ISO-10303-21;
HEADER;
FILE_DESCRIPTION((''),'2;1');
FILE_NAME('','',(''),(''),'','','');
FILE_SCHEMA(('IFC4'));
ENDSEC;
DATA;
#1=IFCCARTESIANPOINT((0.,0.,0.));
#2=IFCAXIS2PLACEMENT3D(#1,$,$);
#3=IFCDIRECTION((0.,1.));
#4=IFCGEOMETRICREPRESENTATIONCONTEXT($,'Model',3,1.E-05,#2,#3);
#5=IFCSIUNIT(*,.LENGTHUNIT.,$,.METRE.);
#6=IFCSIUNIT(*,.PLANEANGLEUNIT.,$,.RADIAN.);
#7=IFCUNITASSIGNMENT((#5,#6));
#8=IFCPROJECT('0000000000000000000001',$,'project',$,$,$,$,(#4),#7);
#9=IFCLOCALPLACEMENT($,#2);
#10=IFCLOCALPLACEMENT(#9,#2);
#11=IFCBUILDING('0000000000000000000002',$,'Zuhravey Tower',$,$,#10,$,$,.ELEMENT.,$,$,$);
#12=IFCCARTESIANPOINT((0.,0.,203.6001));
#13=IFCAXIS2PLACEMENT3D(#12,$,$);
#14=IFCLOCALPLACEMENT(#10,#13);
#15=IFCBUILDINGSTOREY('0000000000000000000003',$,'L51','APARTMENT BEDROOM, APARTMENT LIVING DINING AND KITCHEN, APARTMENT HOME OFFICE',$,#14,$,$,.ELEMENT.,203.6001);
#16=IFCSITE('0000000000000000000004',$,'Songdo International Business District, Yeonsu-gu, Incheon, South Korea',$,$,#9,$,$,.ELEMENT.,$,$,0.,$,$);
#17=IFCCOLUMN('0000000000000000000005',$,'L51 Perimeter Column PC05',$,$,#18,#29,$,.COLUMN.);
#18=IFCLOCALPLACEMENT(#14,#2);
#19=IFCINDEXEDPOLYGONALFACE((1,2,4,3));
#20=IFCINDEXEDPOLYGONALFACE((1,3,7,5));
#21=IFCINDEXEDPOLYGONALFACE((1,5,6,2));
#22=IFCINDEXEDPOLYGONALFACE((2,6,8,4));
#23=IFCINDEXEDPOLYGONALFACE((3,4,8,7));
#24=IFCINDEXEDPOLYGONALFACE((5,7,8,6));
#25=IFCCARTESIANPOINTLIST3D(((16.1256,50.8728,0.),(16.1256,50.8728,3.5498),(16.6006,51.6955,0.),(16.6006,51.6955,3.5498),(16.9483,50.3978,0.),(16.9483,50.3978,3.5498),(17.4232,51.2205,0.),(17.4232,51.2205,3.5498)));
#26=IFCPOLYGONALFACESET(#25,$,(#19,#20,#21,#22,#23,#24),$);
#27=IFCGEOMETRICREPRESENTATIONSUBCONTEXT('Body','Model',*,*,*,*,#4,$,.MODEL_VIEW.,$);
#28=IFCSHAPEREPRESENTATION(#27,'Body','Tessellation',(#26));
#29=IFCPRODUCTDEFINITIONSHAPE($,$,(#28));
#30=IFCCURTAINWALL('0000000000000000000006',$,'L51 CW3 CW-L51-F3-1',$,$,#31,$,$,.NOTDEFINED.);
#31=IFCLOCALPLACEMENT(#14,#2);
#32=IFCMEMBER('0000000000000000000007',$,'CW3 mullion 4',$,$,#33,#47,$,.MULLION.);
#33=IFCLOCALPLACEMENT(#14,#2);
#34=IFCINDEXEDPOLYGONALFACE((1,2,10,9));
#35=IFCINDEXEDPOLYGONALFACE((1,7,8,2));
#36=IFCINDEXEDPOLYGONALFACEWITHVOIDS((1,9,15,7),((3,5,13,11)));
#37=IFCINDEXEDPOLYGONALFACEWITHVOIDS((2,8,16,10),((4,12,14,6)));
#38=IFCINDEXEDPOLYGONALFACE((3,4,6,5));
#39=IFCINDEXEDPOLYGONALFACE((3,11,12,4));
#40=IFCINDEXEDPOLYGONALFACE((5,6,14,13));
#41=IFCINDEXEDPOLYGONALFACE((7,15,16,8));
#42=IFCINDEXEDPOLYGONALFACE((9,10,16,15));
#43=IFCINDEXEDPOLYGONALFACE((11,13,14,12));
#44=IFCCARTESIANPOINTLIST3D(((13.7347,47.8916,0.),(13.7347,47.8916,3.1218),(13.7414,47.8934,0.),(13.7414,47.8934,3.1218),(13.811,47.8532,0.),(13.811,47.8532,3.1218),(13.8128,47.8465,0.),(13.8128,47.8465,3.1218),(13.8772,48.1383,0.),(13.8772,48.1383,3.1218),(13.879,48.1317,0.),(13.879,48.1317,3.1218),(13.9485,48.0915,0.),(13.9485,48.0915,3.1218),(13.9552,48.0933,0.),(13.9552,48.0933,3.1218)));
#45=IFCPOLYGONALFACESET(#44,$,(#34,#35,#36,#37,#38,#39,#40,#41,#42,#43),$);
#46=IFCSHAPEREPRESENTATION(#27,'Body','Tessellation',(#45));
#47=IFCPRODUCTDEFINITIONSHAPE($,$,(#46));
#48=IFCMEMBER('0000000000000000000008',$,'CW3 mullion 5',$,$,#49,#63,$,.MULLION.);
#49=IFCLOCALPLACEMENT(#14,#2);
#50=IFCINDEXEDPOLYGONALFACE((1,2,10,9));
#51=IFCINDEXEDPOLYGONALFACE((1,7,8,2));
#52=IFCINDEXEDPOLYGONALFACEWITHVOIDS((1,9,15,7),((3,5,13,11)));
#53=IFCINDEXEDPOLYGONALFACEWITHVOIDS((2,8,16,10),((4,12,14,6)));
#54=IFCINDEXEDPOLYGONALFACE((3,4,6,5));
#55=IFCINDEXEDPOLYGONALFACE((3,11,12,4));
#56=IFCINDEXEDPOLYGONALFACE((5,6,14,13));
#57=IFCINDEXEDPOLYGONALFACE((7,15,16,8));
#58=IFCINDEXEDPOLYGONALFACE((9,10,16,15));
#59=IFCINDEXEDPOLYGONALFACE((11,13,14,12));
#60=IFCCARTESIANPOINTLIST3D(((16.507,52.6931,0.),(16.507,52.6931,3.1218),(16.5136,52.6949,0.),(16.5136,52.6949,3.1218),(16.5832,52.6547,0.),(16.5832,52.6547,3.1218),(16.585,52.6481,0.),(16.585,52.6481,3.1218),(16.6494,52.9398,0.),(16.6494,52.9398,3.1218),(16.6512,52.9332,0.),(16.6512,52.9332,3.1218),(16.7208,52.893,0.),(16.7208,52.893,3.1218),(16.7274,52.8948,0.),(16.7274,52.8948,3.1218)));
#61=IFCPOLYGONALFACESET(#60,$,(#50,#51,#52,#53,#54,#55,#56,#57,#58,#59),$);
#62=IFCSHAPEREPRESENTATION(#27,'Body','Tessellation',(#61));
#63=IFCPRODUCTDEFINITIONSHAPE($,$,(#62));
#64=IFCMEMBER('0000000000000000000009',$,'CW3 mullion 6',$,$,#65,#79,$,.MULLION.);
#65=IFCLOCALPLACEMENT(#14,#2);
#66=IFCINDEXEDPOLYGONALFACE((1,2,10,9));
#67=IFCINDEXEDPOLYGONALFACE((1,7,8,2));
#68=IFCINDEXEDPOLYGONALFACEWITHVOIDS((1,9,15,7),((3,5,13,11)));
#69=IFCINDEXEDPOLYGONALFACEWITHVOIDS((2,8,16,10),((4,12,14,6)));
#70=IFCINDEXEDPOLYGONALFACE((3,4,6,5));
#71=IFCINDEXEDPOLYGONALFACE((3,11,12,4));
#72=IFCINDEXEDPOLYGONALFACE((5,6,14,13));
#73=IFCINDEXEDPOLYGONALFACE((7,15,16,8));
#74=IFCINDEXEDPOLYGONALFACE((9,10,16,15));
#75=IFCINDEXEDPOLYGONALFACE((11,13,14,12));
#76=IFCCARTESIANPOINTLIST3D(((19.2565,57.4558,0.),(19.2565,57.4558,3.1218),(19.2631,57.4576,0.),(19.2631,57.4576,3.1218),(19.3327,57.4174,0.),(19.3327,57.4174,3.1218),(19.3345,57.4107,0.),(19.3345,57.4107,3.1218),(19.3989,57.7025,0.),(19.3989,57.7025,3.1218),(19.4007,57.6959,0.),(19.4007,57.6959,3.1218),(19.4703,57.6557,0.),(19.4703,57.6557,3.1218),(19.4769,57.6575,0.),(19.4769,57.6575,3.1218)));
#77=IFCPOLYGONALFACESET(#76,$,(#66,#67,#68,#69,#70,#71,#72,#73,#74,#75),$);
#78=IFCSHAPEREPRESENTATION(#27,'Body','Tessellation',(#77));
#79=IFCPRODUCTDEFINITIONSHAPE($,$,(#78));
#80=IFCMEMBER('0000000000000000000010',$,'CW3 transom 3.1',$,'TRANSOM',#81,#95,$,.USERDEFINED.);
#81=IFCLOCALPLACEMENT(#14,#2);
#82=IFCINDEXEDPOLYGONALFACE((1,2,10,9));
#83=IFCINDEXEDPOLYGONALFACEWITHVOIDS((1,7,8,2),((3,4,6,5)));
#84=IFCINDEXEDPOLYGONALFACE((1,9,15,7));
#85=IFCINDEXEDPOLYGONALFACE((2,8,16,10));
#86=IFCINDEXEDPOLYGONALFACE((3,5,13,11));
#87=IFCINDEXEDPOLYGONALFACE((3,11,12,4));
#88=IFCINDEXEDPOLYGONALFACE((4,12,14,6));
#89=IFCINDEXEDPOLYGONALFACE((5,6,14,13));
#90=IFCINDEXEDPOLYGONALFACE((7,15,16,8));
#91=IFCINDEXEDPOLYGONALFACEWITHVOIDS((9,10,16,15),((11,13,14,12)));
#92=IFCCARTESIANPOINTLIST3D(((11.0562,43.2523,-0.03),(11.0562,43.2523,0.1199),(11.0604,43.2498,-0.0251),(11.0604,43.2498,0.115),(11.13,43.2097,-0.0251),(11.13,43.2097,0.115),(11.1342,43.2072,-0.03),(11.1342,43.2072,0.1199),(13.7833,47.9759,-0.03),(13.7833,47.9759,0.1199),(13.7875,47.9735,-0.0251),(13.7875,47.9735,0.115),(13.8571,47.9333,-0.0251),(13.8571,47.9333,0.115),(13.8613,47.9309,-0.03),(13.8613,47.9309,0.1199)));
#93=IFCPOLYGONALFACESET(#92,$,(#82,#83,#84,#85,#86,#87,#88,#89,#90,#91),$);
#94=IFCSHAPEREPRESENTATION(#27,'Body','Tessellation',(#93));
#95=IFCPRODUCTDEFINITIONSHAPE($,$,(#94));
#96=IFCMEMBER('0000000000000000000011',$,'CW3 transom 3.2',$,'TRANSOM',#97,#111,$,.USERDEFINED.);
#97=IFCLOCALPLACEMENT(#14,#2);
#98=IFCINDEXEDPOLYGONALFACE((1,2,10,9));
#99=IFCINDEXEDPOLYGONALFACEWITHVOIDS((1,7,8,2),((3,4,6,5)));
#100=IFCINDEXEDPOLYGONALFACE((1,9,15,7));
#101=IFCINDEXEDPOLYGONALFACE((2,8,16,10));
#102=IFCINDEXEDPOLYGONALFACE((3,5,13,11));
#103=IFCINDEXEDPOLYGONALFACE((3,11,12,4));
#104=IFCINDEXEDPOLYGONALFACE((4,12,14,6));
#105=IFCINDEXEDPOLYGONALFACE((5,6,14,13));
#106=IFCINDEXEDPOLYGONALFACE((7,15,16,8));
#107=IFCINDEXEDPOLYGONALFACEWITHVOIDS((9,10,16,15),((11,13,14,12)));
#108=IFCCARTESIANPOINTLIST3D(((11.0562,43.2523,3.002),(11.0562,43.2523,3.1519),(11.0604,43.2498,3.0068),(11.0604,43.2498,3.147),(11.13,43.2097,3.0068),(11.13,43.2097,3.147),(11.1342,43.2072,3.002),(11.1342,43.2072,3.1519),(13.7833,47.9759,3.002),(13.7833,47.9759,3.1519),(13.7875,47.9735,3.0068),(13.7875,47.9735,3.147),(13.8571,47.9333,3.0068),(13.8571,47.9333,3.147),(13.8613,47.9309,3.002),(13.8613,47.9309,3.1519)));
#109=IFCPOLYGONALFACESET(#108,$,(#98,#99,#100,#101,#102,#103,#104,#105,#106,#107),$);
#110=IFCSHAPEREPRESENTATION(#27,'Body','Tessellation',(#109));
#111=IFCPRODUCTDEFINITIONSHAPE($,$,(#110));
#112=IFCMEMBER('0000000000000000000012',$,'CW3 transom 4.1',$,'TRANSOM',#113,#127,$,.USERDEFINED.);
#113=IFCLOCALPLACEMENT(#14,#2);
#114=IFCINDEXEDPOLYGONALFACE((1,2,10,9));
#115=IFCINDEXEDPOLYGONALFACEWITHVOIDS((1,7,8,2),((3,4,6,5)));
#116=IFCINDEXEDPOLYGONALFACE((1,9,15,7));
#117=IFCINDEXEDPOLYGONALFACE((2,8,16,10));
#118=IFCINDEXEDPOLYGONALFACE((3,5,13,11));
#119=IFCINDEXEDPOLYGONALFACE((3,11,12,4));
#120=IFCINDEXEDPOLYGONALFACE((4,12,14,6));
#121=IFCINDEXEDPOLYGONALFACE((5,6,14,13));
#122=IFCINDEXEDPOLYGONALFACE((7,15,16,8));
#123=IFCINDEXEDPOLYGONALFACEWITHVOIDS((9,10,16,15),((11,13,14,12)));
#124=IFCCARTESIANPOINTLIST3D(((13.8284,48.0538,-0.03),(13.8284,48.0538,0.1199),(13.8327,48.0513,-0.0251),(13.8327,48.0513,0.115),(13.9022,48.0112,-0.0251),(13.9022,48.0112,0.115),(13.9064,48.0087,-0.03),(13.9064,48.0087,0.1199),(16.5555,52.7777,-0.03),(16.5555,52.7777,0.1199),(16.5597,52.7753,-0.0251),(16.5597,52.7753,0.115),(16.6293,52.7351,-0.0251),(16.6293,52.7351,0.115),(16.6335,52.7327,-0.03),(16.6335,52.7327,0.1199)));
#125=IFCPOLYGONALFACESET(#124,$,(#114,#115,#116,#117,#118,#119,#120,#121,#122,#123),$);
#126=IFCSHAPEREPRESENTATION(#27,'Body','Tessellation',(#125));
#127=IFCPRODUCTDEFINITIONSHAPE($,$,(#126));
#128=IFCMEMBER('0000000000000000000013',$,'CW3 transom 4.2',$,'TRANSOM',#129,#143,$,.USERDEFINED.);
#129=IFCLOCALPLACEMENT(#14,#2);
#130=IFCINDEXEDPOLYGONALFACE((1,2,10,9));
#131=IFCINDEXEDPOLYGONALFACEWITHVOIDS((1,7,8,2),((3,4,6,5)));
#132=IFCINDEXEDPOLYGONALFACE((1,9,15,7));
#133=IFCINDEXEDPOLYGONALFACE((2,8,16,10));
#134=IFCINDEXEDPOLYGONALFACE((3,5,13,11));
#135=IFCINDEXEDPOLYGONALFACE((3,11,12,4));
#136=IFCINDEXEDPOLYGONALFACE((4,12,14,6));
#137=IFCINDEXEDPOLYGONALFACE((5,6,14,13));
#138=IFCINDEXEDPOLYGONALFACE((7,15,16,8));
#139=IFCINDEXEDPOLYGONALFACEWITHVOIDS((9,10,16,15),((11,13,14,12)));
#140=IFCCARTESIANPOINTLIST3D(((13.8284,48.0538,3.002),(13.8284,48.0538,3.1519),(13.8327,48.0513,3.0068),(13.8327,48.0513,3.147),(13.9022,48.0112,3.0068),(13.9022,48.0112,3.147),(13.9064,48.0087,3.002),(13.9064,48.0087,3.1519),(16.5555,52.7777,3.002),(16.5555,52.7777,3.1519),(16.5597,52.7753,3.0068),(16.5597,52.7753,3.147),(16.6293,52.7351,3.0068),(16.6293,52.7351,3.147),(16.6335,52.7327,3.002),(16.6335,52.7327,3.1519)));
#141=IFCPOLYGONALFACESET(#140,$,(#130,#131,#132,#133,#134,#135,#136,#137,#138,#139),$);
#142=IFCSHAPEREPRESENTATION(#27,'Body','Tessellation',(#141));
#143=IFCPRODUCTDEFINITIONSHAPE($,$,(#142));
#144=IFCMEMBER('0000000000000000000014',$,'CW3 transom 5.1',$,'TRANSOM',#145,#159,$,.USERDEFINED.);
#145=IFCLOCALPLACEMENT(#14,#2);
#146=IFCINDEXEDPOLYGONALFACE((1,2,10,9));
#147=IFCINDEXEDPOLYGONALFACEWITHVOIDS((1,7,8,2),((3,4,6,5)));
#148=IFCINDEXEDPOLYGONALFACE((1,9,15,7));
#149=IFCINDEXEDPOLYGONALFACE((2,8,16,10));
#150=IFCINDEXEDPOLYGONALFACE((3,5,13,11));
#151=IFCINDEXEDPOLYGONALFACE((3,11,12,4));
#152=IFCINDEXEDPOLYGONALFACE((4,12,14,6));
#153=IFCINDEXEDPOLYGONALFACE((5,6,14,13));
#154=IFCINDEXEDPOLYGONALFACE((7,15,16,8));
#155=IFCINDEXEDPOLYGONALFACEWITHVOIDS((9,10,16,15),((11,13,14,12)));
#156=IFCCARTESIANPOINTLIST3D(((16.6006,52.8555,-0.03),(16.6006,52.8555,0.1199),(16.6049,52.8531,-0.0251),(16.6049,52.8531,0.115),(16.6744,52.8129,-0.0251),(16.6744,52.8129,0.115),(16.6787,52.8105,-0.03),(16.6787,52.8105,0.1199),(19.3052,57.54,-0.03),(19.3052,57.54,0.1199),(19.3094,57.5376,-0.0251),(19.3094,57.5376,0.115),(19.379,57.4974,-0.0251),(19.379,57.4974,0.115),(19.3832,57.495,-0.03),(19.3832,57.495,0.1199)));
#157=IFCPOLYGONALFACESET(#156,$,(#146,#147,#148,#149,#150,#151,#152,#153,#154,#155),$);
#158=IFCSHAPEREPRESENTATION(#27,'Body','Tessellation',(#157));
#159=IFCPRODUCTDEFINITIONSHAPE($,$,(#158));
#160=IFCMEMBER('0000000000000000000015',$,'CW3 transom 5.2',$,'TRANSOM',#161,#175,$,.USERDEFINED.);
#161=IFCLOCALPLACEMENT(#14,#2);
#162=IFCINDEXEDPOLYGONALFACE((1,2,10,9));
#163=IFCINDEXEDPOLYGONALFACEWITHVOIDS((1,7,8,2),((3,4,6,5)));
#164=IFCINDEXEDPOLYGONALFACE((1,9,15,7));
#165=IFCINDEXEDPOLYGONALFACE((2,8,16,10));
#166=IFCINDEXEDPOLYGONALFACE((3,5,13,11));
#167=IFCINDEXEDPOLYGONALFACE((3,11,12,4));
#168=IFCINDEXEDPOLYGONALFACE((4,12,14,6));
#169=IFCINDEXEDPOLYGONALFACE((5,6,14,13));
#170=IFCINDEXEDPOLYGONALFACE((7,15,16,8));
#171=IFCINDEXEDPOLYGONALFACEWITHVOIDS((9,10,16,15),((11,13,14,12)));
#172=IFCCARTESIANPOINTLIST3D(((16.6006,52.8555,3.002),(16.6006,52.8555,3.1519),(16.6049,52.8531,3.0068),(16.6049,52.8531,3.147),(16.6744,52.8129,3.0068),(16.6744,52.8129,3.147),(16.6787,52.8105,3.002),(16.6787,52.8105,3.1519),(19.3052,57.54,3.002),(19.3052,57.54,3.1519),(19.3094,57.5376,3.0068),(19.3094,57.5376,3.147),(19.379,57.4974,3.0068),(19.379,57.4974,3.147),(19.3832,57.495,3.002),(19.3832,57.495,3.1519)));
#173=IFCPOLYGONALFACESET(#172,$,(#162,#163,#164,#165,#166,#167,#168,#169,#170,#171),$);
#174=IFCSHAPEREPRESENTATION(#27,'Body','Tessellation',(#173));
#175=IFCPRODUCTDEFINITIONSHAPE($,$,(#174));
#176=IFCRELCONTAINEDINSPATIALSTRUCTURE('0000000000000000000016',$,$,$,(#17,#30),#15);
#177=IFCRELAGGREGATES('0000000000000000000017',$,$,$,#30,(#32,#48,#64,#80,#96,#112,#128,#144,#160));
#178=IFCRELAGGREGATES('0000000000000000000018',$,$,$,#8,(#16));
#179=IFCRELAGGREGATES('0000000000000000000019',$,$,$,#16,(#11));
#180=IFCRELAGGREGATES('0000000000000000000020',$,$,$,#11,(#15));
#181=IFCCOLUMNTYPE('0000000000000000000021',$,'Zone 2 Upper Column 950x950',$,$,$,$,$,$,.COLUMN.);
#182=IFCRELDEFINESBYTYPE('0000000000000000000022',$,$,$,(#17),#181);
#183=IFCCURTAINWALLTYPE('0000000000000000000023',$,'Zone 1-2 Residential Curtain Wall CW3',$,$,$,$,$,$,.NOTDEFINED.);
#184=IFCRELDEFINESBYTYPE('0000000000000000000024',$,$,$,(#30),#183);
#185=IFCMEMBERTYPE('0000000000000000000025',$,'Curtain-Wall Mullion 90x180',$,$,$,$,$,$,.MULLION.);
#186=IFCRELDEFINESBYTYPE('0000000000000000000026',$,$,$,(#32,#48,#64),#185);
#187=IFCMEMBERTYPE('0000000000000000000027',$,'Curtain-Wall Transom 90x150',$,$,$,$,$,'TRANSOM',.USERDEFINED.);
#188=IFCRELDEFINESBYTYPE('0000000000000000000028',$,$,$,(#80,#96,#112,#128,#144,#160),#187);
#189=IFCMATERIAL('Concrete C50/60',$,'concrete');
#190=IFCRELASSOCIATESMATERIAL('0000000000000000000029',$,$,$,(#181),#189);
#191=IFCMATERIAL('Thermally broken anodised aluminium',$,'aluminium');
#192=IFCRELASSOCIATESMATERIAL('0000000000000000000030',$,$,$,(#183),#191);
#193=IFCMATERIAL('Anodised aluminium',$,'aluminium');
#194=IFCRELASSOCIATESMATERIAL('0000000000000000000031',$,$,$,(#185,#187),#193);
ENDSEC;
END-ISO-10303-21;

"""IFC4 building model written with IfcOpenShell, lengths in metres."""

from ifc_helpers import new_model, si_unit, direction, frame, origin, origin_2d, place, context, subcontext, project, spatial, rectangle, hollow_rectangle, extrude, material, material_profile, profile_set, type_object, element, aggregate, save


model = new_model("IFC4")

# Units and contexts
model_context = context("Model", 3, precision=1e-05, world=origin(), true_north=direction((0.0, 1.0)))
body_context = subcontext(model_context, "Body", "Model", "MODEL_VIEW")
ifc_project = project(units=[si_unit("LENGTHUNIT", "METRE"), si_unit("PLANEANGLEUNIT", "RADIAN")], contexts=[model_context])

# Site, building, storey
site_placement = place(None, origin())
site = spatial("IfcSite", under=ifc_project, at=site_placement, Name="Songdo International Business District, Yeonsu-gu, Incheon, South Korea", CompositionType="ELEMENT", RefElevation=0.0)
building_placement = place(site_placement, origin())
building = spatial("IfcBuilding", under=site, at=building_placement, Name="Zuhravey Tower", CompositionType="ELEMENT")
storey_placement = place(building_placement, frame((0.0, 0.0, 203.6001)))
storey = spatial("IfcBuildingStorey", under=building, at=storey_placement, Name="L51", Description="APARTMENT BEDROOM, APARTMENT LIVING DINING AND KITCHEN, APARTMENT HOME OFFICE", CompositionType="ELEMENT", Elevation=203.6001)

# Column
ifc_material_1 = material(Name="Concrete C50/60", Category="concrete")
ifc_material_profile_1 = material_profile(ifc_material_1, rectangle(XDim=0.95, YDim=0.95, at=origin_2d()), Name="RC-950x950")
ifc_profile_set_1 = profile_set([ifc_material_profile_1], Name="Concrete C50/60")
column_type = type_object("IfcColumnType", Name="Zone 2 Upper Column 950x950", PredefinedType="COLUMN", material=ifc_profile_set_1)
column_placement = place(storey_placement, frame((16.7744, 51.0466, 0.0), z_axis=(0.0, 0.0, 1.0), x_axis=(-0.5, -0.866025, 0.0)))
element("IfcColumn", 1, at=column_placement, inside=storey, type_object=column_type, Name="L51 Perimeter Column PC05", PredefinedType="COLUMN", context=body_context, shape_type="SweptSolid", body=[
    extrude(rectangle(XDim=0.95, YDim=0.95, at=origin_2d()), origin(), (0.0, 0.0, 1.0), 3.5498),
])

# Curtain wall, members
ifc_material_2 = material(Name="Thermally broken anodised aluminium", Category="aluminium")
curtain_wall_type = type_object("IfcCurtainWallType", Name="Zone 1-2 Residential Curtain Wall CW3", PredefinedType="NOTDEFINED", material=ifc_material_2)
curtain_wall_placement = place(storey_placement, origin())
curtain_wall = element("IfcCurtainWall", 2, at=curtain_wall_placement, inside=storey, type_object=curtain_wall_type, Name="L51 CW3 CW-L51-F3-1", PredefinedType="NOTDEFINED")
ifc_material_3 = material(Name="Anodised aluminium", Category="aluminium")
ifc_material_profile_2 = material_profile(ifc_material_3, hollow_rectangle(XDim=0.0901, YDim=0.2849, WallThickness=0.0049, at=origin_2d()), Name="ALU-RHS-90x285x5")
ifc_profile_set_2 = profile_set([ifc_material_profile_2], Name="Anodised aluminium")
member_type_1 = type_object("IfcMemberType", Name="Curtain-Wall Mullion 90x180", PredefinedType="MULLION", material=ifc_profile_set_2)
member_1_placement = place(storey_placement, frame((13.845, 47.9924, 0.0), z_axis=(0.0, 0.0, 1.0), x_axis=(-0.866025, 0.5, 0.0)))
member_1 = element("IfcMember", 3, at=member_1_placement, type_object=member_type_1, Name="CW3 mullion 4", PredefinedType="MULLION", context=body_context, shape_type="SweptSolid", body=[
    extrude(hollow_rectangle(XDim=0.0901, YDim=0.2849, WallThickness=0.0049, at=origin_2d()), origin(), (0.0, 0.0, 1.0), 3.1218),
])
member_2_placement = place(storey_placement, frame((16.6172, 52.7939, 0.0), z_axis=(0.0, 0.0, 1.0), x_axis=(-0.866025, 0.5, 0.0)))
member_2 = element("IfcMember", 4, at=member_2_placement, type_object=member_type_1, Name="CW3 mullion 5", PredefinedType="MULLION", context=body_context, shape_type="SweptSolid", body=[
    extrude(hollow_rectangle(XDim=0.0901, YDim=0.2849, WallThickness=0.0049, at=origin_2d()), origin(), (0.0, 0.0, 1.0), 3.1218),
])
member_3_placement = place(storey_placement, frame((19.3667, 57.5566, 0.0), z_axis=(0.0, 0.0, 1.0), x_axis=(-0.866025, 0.5, 0.0)))
member_3 = element("IfcMember", 5, at=member_3_placement, type_object=member_type_1, Name="CW3 mullion 6", PredefinedType="MULLION", context=body_context, shape_type="SweptSolid", body=[
    extrude(hollow_rectangle(XDim=0.0901, YDim=0.2849, WallThickness=0.0049, at=origin_2d()), origin(), (0.0, 0.0, 1.0), 3.1218),
])
ifc_material_profile_3 = material_profile(ifc_material_3, hollow_rectangle(XDim=0.0901, YDim=0.1499, WallThickness=0.0049, at=origin_2d()), Name="ALU-RHS-90x150x5")
ifc_profile_set_3 = profile_set([ifc_material_profile_3], Name="Anodised aluminium")
member_type_2 = type_object("IfcMemberType", Name="Curtain-Wall Transom 90x150", ElementType="TRANSOM", PredefinedType="USERDEFINED", material=ifc_profile_set_3)
member_4_placement = place(storey_placement, frame((11.0952, 43.2297, 0.0449), z_axis=(0.499981, 0.866037, 0.0), x_axis=(-0.866037, 0.499981, 0.0)))
member_4 = element("IfcMember", 6, at=member_4_placement, type_object=member_type_2, Name="CW3 transom 3.1", ObjectType="TRANSOM", PredefinedType="USERDEFINED", context=body_context, shape_type="SweptSolid", body=[
    extrude(hollow_rectangle(XDim=0.0901, YDim=0.1499, WallThickness=0.0049, at=origin_2d()), origin(), (0.0, 0.0, 1.0), 5.4543),
])
member_5_placement = place(storey_placement, frame((11.0952, 43.2297, 3.0769), z_axis=(0.499981, 0.866037, 0.0), x_axis=(-0.866037, 0.499981, 0.0)))
member_5 = element("IfcMember", 7, at=member_5_placement, type_object=member_type_2, Name="CW3 transom 3.2", ObjectType="TRANSOM", PredefinedType="USERDEFINED", context=body_context, shape_type="SweptSolid", body=[
    extrude(hollow_rectangle(XDim=0.0901, YDim=0.1499, WallThickness=0.0049, at=origin_2d()), origin(), (0.0, 0.0, 1.0), 5.4543),
])
member_6_placement = place(storey_placement, frame((13.8674, 48.0312, 0.0449), z_axis=(0.499961, 0.866048, 0.0), x_axis=(-0.866048, 0.499961, 0.0)))
member_6 = element("IfcMember", 8, at=member_6_placement, type_object=member_type_2, Name="CW3 transom 4.1", ObjectType="TRANSOM", PredefinedType="USERDEFINED", context=body_context, shape_type="SweptSolid", body=[
    extrude(hollow_rectangle(XDim=0.0901, YDim=0.1499, WallThickness=0.0049, at=origin_2d()), origin(), (0.0, 0.0, 1.0), 5.4546),
])
member_7_placement = place(storey_placement, frame((13.8674, 48.0312, 3.0769), z_axis=(0.499961, 0.866048, 0.0), x_axis=(-0.866048, 0.499961, 0.0)))
member_7 = element("IfcMember", 9, at=member_7_placement, type_object=member_type_2, Name="CW3 transom 4.2", ObjectType="TRANSOM", PredefinedType="USERDEFINED", context=body_context, shape_type="SweptSolid", body=[
    extrude(hollow_rectangle(XDim=0.0901, YDim=0.1499, WallThickness=0.0049, at=origin_2d()), origin(), (0.0, 0.0, 1.0), 5.4546),
])
member_8_placement = place(storey_placement, frame((16.6396, 52.833, 0.0449), z_axis=(0.499993, 0.866029, 0.0), x_axis=(-0.866029, 0.499993, 0.0)))
member_8 = element("IfcMember", 10, at=member_8_placement, type_object=member_type_2, Name="CW3 transom 5.1", ObjectType="TRANSOM", PredefinedType="USERDEFINED", context=body_context, shape_type="SweptSolid", body=[
    extrude(hollow_rectangle(XDim=0.0901, YDim=0.1499, WallThickness=0.0049, at=origin_2d()), origin(), (0.0, 0.0, 1.0), 5.4092),
])
member_9_placement = place(storey_placement, frame((16.6396, 52.833, 3.0769), z_axis=(0.499993, 0.866029, 0.0), x_axis=(-0.866029, 0.499993, 0.0)))
member_9 = element("IfcMember", 11, at=member_9_placement, type_object=member_type_2, Name="CW3 transom 5.2", ObjectType="TRANSOM", PredefinedType="USERDEFINED", context=body_context, shape_type="SweptSolid", body=[
    extrude(hollow_rectangle(XDim=0.0901, YDim=0.1499, WallThickness=0.0049, at=origin_2d()), origin(), (0.0, 0.0, 1.0), 5.4092),
])

aggregate(curtain_wall, [member_1, member_2, member_3, member_4, member_5, member_6, member_7, member_8, member_9])

save(model, "model.ifc")
